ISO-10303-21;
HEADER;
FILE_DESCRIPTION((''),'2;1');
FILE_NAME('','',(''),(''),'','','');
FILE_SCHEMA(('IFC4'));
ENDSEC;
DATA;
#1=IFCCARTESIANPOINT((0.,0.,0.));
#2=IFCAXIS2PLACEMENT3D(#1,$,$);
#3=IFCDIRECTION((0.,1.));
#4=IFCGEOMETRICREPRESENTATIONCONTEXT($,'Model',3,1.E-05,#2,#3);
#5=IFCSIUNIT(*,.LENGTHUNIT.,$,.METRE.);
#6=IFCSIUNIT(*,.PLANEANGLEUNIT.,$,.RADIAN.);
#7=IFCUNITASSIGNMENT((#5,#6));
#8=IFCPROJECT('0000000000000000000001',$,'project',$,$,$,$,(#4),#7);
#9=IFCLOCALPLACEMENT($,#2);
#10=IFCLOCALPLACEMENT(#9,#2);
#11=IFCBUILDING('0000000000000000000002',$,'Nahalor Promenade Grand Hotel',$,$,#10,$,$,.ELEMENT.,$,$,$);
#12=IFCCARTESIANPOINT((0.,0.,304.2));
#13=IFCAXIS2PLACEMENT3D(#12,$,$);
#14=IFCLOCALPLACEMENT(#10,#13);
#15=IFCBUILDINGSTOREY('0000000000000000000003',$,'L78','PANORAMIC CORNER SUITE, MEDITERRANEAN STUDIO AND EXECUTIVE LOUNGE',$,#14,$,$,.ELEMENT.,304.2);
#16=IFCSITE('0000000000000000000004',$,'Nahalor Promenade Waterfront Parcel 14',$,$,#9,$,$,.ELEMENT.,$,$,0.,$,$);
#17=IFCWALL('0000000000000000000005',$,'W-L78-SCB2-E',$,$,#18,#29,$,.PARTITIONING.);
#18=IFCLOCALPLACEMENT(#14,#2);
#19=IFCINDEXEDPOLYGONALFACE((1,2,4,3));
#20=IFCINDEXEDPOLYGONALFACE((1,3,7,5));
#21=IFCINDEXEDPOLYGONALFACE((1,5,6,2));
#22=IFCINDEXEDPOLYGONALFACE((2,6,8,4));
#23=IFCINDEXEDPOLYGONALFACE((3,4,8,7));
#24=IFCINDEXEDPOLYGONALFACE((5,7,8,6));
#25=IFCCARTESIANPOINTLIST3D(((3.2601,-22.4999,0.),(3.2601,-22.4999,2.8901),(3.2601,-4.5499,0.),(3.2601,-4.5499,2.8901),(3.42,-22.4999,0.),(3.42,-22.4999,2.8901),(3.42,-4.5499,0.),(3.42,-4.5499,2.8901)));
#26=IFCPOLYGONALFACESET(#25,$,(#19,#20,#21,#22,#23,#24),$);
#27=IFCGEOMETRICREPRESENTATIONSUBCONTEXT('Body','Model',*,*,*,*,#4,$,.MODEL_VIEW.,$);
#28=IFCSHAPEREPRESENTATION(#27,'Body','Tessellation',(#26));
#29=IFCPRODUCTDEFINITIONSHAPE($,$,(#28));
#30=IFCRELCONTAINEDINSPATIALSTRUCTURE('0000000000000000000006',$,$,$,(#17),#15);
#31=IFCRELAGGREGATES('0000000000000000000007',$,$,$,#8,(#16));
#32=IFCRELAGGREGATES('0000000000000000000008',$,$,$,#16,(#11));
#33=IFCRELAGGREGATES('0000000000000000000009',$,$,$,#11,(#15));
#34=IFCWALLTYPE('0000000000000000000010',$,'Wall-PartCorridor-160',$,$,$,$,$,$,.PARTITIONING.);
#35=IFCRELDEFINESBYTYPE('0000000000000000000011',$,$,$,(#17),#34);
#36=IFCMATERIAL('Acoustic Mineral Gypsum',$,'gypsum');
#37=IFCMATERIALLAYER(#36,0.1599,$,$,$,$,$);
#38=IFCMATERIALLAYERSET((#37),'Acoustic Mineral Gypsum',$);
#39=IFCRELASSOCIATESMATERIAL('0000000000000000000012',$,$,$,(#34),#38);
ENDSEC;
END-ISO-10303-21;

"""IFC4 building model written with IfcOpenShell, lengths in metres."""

from ifc_helpers import new_model, si_unit, direction, frame, frame_2d, origin, place, context, subcontext, project, spatial, rectangle, extrude, source, transform, mapped, material, layer, layer_set, type_object, element, save


model = new_model("IFC4")

# Units and contexts
model_context = context("Model", 3, precision=1e-05, world=origin(), true_north=direction((0.0, 1.0)))
body_context = subcontext(model_context, "Body", "Model", "MODEL_VIEW")
ifc_project = project(units=[si_unit("LENGTHUNIT", "METRE"), si_unit("PLANEANGLEUNIT", "RADIAN")], contexts=[model_context])

# Site, building, storey
site_placement = place(None, origin())
site = spatial("IfcSite", under=ifc_project, at=site_placement, Name="Nahalor Promenade Waterfront Parcel 14", CompositionType="ELEMENT", RefElevation=0.0)
building_placement = place(site_placement, origin())
building = spatial("IfcBuilding", under=site, at=building_placement, Name="Nahalor Promenade Grand Hotel", CompositionType="ELEMENT")
storey_placement = place(building_placement, frame((0.0, 0.0, 304.2)))
storey = spatial("IfcBuildingStorey", under=building, at=storey_placement, Name="L78", Description="PANORAMIC CORNER SUITE, MEDITERRANEAN STUDIO AND EXECUTIVE LOUNGE", CompositionType="ELEMENT", Elevation=304.2)

# Wall
ifc_material_1 = material(Name="Acoustic Mineral Gypsum", Category="gypsum")
ifc_layer_1 = layer(ifc_material_1, 0.1599)
ifc_layer_set_1 = layer_set([ifc_layer_1], Name="Acoustic Mineral Gypsum")
wall_type_1 = type_object("IfcWallType", Name="Wall-PartCorridor-160", PredefinedType="PARTITIONING", material=ifc_layer_set_1)
shared_shape_1 = source(origin(), body_context, "Body", "SweptSolid", [
    extrude(rectangle(XDim=17.95, YDim=0.1599, at=frame_2d((8.9751, 0.0))), origin(), (0.0, 0.0, 1.0), 2.8901),
])
wall_1_placement = place(storey_placement, frame((3.3401, -22.5, 0.0), z_axis=(0.0, 0.0, 1.0), x_axis=(0.0, 1.0, 0.0)))
element("IfcWall", 1, at=wall_1_placement, inside=storey, type_object=wall_type_1, Name="W-L78-SCB2-E", PredefinedType="PARTITIONING", context=body_context, shape_type="MappedRepresentation", body=[
    mapped(shared_shape_1, transform((0.0, 0.0, 0.0), scale=1.0)),
])

save(model, "model.ifc")
